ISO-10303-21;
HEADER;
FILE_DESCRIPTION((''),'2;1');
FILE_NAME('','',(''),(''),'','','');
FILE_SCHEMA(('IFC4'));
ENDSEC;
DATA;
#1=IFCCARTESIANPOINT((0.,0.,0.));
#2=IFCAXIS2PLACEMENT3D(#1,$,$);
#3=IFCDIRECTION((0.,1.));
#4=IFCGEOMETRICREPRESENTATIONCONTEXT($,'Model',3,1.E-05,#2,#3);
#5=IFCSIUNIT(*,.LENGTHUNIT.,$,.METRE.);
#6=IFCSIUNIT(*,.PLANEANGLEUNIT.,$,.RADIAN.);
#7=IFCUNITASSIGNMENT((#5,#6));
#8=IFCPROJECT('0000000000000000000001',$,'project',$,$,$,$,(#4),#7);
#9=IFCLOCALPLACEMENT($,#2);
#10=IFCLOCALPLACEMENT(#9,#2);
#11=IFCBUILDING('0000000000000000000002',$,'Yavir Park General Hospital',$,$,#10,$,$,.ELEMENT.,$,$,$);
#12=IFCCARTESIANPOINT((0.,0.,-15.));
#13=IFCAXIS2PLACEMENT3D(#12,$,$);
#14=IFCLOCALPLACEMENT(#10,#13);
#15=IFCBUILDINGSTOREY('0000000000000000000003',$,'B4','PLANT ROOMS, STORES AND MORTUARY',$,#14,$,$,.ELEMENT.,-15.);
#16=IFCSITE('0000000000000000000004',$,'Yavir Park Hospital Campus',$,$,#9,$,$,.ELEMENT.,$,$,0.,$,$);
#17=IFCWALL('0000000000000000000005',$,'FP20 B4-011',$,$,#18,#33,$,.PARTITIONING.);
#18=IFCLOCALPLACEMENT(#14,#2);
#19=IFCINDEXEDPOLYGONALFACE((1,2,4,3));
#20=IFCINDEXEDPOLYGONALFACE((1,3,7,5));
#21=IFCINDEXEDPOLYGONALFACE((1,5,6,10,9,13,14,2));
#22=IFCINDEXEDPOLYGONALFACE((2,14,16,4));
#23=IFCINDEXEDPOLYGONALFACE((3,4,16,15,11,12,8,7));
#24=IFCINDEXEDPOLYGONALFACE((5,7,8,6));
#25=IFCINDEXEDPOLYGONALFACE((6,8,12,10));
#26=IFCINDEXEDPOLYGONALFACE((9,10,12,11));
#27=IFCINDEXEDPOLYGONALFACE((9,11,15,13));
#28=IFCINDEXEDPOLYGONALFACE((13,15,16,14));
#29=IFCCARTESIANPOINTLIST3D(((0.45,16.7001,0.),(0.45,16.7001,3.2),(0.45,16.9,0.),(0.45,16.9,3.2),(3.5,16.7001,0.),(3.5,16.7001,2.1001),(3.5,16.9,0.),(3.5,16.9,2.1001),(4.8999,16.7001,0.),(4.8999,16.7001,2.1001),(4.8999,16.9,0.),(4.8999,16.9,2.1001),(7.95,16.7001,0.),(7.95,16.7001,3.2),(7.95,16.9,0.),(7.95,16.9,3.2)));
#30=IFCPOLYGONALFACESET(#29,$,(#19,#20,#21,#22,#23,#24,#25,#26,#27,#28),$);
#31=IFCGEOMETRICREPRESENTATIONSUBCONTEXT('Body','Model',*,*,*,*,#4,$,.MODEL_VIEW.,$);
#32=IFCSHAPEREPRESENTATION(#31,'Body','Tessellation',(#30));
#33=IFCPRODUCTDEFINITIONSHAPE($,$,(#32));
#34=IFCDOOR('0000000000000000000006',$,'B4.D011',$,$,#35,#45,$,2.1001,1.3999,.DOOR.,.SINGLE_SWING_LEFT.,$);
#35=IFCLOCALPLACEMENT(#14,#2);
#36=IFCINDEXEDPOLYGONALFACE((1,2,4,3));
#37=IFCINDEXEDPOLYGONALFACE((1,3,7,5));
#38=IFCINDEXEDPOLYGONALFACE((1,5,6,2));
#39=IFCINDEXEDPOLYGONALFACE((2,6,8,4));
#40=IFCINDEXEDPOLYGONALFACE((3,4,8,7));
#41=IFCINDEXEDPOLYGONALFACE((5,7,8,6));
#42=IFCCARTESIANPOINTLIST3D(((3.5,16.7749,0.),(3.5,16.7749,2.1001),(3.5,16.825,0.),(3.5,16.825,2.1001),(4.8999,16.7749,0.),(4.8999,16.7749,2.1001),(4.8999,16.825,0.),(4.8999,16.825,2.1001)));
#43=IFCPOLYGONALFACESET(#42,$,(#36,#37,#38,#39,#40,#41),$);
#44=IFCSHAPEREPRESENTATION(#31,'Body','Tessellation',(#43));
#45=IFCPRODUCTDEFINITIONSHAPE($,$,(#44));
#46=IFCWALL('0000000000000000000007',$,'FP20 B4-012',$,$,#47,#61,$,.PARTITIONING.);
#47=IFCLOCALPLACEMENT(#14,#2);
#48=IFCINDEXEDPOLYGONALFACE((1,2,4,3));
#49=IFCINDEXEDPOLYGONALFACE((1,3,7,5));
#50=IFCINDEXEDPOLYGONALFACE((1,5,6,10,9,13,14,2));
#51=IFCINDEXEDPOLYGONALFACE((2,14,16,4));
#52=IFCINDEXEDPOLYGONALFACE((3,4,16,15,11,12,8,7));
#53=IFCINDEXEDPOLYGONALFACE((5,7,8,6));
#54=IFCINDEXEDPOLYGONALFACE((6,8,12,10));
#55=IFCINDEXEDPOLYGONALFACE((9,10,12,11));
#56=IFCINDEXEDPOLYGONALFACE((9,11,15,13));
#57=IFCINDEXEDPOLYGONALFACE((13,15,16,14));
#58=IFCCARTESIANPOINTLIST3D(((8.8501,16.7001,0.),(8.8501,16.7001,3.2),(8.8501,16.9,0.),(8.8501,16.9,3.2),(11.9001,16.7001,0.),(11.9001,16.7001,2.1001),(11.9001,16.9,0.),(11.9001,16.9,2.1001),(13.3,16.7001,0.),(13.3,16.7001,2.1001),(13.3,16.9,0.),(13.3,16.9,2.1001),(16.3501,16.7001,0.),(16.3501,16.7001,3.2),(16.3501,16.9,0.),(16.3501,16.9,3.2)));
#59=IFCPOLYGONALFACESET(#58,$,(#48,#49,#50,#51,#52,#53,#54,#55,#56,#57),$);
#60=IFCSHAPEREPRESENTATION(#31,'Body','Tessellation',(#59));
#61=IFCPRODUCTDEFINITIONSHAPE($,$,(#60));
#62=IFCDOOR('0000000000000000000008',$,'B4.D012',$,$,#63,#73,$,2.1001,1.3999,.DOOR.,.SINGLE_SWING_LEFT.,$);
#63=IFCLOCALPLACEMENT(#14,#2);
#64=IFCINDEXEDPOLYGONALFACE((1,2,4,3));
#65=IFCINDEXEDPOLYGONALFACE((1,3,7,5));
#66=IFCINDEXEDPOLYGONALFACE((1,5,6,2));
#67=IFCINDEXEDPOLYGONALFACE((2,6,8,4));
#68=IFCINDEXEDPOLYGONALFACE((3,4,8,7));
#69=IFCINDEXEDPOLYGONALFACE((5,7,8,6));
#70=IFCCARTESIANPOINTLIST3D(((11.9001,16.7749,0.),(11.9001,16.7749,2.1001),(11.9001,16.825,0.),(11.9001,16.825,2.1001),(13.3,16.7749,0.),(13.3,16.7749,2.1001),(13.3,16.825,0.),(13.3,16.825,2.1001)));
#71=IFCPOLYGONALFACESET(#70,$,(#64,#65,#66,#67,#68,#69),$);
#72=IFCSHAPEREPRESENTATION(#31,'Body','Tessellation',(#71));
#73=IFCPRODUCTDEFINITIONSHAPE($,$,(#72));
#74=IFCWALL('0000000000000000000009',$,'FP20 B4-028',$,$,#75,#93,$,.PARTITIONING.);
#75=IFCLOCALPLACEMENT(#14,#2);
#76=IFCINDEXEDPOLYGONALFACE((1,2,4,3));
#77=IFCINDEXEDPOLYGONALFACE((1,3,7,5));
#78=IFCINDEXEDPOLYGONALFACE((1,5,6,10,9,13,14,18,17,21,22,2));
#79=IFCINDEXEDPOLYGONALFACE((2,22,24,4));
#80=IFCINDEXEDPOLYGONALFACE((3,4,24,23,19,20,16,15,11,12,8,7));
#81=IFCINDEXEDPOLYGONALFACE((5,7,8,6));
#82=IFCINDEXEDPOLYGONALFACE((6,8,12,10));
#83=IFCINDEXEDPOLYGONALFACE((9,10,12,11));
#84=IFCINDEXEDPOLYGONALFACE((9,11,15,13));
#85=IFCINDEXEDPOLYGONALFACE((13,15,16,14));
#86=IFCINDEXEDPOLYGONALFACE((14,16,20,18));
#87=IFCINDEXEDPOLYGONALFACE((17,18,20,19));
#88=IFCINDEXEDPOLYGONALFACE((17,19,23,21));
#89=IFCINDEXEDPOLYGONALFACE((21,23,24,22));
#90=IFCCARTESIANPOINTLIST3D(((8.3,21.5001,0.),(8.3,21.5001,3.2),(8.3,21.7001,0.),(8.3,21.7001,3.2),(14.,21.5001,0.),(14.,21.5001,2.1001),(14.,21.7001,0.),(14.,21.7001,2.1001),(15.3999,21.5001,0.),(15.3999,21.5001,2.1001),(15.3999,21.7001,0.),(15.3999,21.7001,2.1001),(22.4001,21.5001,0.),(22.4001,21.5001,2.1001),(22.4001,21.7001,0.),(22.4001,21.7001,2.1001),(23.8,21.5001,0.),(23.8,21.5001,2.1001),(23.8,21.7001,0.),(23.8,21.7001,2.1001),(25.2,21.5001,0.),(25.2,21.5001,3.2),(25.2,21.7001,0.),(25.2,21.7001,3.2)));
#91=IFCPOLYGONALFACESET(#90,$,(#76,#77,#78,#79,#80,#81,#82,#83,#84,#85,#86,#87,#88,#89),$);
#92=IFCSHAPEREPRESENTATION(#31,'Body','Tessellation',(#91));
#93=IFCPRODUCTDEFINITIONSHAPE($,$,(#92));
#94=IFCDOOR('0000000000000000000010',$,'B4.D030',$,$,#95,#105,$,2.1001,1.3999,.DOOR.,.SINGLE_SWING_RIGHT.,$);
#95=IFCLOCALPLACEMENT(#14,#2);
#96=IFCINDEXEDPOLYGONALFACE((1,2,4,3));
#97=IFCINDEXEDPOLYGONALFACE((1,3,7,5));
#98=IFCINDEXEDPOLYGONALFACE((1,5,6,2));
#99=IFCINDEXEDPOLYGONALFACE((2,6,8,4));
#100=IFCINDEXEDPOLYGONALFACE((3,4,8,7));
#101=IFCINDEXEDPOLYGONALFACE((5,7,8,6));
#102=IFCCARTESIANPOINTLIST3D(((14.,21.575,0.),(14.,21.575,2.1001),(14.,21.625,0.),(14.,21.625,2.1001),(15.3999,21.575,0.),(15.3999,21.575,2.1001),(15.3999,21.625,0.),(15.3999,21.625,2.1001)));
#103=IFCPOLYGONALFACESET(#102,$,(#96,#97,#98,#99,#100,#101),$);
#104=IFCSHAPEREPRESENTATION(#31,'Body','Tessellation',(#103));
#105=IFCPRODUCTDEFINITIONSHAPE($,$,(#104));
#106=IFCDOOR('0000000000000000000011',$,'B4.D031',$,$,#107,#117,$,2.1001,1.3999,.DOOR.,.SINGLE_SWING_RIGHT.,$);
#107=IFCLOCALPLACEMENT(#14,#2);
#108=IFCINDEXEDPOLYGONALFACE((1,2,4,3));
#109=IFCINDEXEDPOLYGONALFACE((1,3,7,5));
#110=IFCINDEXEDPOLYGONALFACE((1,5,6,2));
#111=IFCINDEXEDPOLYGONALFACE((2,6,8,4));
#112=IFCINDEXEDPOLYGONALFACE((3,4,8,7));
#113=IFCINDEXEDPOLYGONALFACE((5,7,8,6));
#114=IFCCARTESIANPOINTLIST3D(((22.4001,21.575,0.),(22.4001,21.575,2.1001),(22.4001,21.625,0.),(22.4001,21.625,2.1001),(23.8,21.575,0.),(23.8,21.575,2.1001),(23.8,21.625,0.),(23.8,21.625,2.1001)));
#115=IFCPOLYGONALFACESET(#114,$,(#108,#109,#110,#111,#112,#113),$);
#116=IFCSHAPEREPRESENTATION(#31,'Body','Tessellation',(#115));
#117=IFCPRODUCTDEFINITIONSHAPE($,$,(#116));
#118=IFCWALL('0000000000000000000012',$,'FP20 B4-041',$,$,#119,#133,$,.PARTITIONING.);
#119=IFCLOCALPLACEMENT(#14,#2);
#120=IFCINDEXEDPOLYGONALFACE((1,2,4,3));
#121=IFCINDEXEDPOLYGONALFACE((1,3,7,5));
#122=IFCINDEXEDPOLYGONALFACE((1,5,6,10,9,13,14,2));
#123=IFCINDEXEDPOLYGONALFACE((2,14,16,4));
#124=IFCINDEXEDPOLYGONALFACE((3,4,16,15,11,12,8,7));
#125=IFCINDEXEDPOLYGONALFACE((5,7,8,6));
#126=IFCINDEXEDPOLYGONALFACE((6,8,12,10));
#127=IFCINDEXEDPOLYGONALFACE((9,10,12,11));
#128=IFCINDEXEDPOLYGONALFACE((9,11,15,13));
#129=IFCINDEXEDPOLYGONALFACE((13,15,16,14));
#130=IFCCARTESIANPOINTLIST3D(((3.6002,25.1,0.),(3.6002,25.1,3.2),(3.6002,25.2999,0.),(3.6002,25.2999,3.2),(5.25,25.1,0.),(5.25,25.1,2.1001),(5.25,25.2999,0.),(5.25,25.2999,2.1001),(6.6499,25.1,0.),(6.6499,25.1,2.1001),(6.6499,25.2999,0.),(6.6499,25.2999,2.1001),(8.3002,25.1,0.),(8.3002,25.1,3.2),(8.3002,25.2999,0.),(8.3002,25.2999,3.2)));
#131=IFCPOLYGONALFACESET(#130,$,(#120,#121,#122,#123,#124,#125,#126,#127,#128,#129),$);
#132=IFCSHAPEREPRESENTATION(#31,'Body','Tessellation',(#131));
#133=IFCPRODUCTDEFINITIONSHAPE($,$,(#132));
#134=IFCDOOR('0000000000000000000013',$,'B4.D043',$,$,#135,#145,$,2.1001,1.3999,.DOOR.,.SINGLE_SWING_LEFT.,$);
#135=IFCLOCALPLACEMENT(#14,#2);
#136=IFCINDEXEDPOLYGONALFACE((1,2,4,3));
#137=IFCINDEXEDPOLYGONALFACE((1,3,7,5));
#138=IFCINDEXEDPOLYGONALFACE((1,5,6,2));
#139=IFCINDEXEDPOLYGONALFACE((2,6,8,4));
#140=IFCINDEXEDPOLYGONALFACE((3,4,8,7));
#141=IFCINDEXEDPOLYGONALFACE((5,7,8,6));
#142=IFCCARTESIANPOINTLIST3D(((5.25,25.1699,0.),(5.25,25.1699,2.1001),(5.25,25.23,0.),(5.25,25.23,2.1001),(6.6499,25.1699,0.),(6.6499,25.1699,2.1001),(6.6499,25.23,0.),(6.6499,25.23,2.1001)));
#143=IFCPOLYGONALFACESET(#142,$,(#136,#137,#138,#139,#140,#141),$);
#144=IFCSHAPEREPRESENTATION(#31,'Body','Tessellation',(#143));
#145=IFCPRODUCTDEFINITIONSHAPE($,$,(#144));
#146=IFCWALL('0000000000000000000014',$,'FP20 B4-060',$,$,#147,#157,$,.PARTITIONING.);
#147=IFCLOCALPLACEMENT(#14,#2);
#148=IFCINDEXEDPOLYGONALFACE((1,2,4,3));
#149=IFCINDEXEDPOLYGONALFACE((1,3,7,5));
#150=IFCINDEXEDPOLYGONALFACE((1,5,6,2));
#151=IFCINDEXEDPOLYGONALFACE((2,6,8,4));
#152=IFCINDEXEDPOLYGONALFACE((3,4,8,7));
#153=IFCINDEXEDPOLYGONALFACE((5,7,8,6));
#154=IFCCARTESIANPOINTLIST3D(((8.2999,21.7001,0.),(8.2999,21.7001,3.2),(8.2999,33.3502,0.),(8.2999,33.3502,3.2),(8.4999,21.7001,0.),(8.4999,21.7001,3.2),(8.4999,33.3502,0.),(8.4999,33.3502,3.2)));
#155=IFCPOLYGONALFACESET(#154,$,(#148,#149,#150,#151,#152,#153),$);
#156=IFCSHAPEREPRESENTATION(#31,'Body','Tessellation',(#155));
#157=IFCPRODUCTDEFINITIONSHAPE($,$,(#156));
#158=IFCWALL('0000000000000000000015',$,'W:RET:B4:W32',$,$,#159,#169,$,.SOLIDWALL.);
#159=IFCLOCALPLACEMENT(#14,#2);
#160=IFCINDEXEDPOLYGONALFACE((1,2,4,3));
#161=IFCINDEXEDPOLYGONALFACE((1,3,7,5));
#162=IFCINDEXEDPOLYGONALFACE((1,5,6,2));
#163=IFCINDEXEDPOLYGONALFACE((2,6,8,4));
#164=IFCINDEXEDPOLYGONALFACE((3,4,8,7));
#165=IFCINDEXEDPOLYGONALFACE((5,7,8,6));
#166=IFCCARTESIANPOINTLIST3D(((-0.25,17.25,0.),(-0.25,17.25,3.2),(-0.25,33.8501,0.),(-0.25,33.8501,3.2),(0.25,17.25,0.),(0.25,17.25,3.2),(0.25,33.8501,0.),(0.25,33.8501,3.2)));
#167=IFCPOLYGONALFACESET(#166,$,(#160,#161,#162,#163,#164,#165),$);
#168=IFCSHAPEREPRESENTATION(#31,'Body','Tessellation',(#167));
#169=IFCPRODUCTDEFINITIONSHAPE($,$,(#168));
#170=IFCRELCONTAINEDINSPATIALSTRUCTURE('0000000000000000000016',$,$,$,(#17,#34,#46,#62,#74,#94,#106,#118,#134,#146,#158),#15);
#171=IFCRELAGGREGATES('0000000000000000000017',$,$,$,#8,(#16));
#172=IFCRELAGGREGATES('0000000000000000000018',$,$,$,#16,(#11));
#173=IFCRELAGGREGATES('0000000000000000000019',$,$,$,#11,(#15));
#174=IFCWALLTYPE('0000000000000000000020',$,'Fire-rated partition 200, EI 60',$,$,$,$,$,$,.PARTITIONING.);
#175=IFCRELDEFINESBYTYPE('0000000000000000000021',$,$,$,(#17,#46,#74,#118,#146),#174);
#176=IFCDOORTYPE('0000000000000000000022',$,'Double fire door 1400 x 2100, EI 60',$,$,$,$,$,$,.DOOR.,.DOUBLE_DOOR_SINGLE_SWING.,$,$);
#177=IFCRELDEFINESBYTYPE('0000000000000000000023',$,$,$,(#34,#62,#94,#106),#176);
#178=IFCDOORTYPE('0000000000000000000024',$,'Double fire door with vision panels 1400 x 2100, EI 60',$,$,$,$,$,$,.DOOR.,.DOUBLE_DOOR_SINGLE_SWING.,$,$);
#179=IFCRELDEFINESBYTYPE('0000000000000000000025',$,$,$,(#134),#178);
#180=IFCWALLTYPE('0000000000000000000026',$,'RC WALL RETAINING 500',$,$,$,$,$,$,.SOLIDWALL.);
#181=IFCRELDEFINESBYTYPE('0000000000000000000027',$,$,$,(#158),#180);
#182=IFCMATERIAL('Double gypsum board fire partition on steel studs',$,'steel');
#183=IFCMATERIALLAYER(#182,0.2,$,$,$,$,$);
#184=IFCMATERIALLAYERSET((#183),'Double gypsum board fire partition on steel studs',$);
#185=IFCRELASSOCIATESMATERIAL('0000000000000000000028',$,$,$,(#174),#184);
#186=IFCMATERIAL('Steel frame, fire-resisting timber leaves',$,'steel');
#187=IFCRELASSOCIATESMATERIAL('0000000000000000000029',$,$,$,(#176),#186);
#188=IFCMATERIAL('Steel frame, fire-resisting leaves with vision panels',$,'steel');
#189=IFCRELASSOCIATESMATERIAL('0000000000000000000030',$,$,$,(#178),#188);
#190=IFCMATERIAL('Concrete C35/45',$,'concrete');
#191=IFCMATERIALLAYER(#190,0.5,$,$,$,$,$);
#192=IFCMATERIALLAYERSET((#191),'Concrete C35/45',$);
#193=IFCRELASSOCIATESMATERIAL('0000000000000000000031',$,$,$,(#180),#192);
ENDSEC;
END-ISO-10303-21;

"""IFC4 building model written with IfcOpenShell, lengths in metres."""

from ifc_helpers import new_model, si_unit, direction, frame, frame_2d, origin, place, context, subcontext, project, spatial, rectangle, extrude, material, layer, layer_set, type_object, element, fill, save


model = new_model("IFC4")

# Units and contexts
model_context = context("Model", 3, precision=1e-05, world=origin(), true_north=direction((0.0, 1.0)))
body_context = subcontext(model_context, "Body", "Model", "MODEL_VIEW")
ifc_project = project(units=[si_unit("LENGTHUNIT", "METRE"), si_unit("PLANEANGLEUNIT", "RADIAN")], contexts=[model_context])

# Site, building, storey
site_placement = place(None, origin())
site = spatial("IfcSite", under=ifc_project, at=site_placement, Name="Yavir Park Hospital Campus", CompositionType="ELEMENT", RefElevation=0.0)
building_placement = place(site_placement, origin())
building = spatial("IfcBuilding", under=site, at=building_placement, Name="Yavir Park General Hospital", CompositionType="ELEMENT")
storey_placement = place(building_placement, frame((0.0, 0.0, -15.0)))
storey = spatial("IfcBuildingStorey", under=building, at=storey_placement, Name="B4", Description="PLANT ROOMS, STORES AND MORTUARY", CompositionType="ELEMENT", Elevation=-15.0)

# Walls, openings, doors
ifc_material_1 = material(Name="Double gypsum board fire partition on steel studs", Category="steel")
ifc_layer_1 = layer(ifc_material_1, 0.2)
ifc_layer_set_1 = layer_set([ifc_layer_1], Name="Double gypsum board fire partition on steel studs")
wall_type_1 = type_object("IfcWallType", Name="Fire-rated partition 200, EI 60", PredefinedType="PARTITIONING", material=ifc_layer_set_1)
wall_1_placement = place(storey_placement, frame((0.45, 16.8, 0.0), z_axis=(0.0, 0.0, 1.0), x_axis=(1.0, 0.0, 0.0)))
wall_1 = element("IfcWall", 1, at=wall_1_placement, inside=storey, type_object=wall_type_1, Name="FP20 B4-011", PredefinedType="PARTITIONING", context=body_context, shape_type="SweptSolid", body=[
    extrude(rectangle(XDim=7.5, YDim=0.2, at=frame_2d((3.75, 0.0))), origin(), (0.0, 0.0, 1.0), 3.2),
])
opening_1_placement = place(wall_1_placement, frame((3.05, 0.0, 0.0)))
opening_1 = element("IfcOpeningElement", 2, at=opening_1_placement, cuts=wall_1, PredefinedType="OPENING", context=body_context, shape_type="SweptSolid", body=[
    extrude(rectangle(XDim=1.3999, YDim=2.1001, at=frame_2d((0.7, 1.05))), frame((0.0, 0.1099, 0.0), z_axis=(0.0, -1.0, 0.0), x_axis=(1.0, 0.0, 0.0)), (0.0, 0.0, 1.0), 0.22),
])
ifc_material_2 = material(Name="Steel frame, fire-resisting timber leaves", Category="steel")
door_type_1 = type_object("IfcDoorType", Name="Double fire door 1400 x 2100, EI 60", OperationType="DOUBLE_DOOR_SINGLE_SWING", PredefinedType="DOOR", material=ifc_material_2)
door_1_placement = place(opening_1_placement, origin())
door_1 = element("IfcDoor", 3, at=door_1_placement, inside=storey, type_object=door_type_1, Name="B4.D011", OperationType="SINGLE_SWING_LEFT", OverallHeight=2.1001, OverallWidth=1.3999, PredefinedType="DOOR", context=body_context, shape_type="SweptSolid", body=[
    extrude(rectangle(XDim=1.3999, YDim=2.1001, at=frame_2d((0.7, 1.05))), frame((0.0, 0.0249, 0.0), z_axis=(0.0, -1.0, 0.0), x_axis=(1.0, 0.0, 0.0)), (0.0, 0.0, 1.0), 0.05),
])
fill(opening_1, door_1)
wall_2_placement = place(storey_placement, frame((8.8501, 16.8, 0.0), z_axis=(0.0, 0.0, 1.0), x_axis=(1.0, 0.0, 0.0)))
wall_2 = element("IfcWall", 4, at=wall_2_placement, inside=storey, type_object=wall_type_1, Name="FP20 B4-012", PredefinedType="PARTITIONING", context=body_context, shape_type="SweptSolid", body=[
    extrude(rectangle(XDim=7.5, YDim=0.2, at=frame_2d((3.75, 0.0))), origin(), (0.0, 0.0, 1.0), 3.2),
])
opening_2_placement = place(wall_2_placement, frame((3.05, 0.0, 0.0)))
opening_2 = element("IfcOpeningElement", 5, at=opening_2_placement, cuts=wall_2, PredefinedType="OPENING", context=body_context, shape_type="SweptSolid", body=[
    extrude(rectangle(XDim=1.3999, YDim=2.1001, at=frame_2d((0.7, 1.05))), frame((0.0, 0.1099, 0.0), z_axis=(0.0, -1.0, 0.0), x_axis=(1.0, 0.0, 0.0)), (0.0, 0.0, 1.0), 0.22),
])
door_2_placement = place(opening_2_placement, origin())
door_2 = element("IfcDoor", 6, at=door_2_placement, inside=storey, type_object=door_type_1, Name="B4.D012", OperationType="SINGLE_SWING_LEFT", OverallHeight=2.1001, OverallWidth=1.3999, PredefinedType="DOOR", context=body_context, shape_type="SweptSolid", body=[
    extrude(rectangle(XDim=1.3999, YDim=2.1001, at=frame_2d((0.7, 1.05))), frame((0.0, 0.0249, 0.0), z_axis=(0.0, -1.0, 0.0), x_axis=(1.0, 0.0, 0.0)), (0.0, 0.0, 1.0), 0.05),
])
fill(opening_2, door_2)

# Wall, openings, doors
wall_3_placement = place(storey_placement, frame((8.3, 21.6001, 0.0), z_axis=(0.0, 0.0, 1.0), x_axis=(1.0, 0.0, 0.0)))
wall_3 = element("IfcWall", 7, at=wall_3_placement, inside=storey, type_object=wall_type_1, Name="FP20 B4-028", PredefinedType="PARTITIONING", context=body_context, shape_type="SweptSolid", body=[
    extrude(rectangle(XDim=16.8999, YDim=0.2, at=frame_2d((8.45, 0.0))), origin(), (0.0, 0.0, 1.0), 3.2),
])
opening_3_placement = place(wall_3_placement, frame((5.7, 0.0, 0.0)))
opening_3 = element("IfcOpeningElement", 8, at=opening_3_placement, cuts=wall_3, PredefinedType="OPENING", context=body_context, shape_type="SweptSolid", body=[
    extrude(rectangle(XDim=1.3999, YDim=2.1001, at=frame_2d((0.7, 1.05))), frame((0.0, 0.1099, 0.0), z_axis=(0.0, -1.0, 0.0), x_axis=(1.0, 0.0, 0.0)), (0.0, 0.0, 1.0), 0.22),
])
opening_4_placement = place(wall_3_placement, frame((14.1001, 0.0, 0.0)))
opening_4 = element("IfcOpeningElement", 9, at=opening_4_placement, cuts=wall_3, PredefinedType="OPENING", context=body_context, shape_type="SweptSolid", body=[
    extrude(rectangle(XDim=1.3999, YDim=2.1001, at=frame_2d((0.7, 1.05))), frame((0.0, 0.1099, 0.0), z_axis=(0.0, -1.0, 0.0), x_axis=(1.0, 0.0, 0.0)), (0.0, 0.0, 1.0), 0.22),
])
door_3_placement = place(opening_3_placement, origin())
door_3 = element("IfcDoor", 10, at=door_3_placement, inside=storey, type_object=door_type_1, Name="B4.D030", OperationType="SINGLE_SWING_RIGHT", OverallHeight=2.1001, OverallWidth=1.3999, PredefinedType="DOOR", context=body_context, shape_type="SweptSolid", body=[
    extrude(rectangle(XDim=1.3999, YDim=2.1001, at=frame_2d((0.7, 1.05))), frame((0.0, 0.0249, 0.0), z_axis=(0.0, -1.0, 0.0), x_axis=(1.0, 0.0, 0.0)), (0.0, 0.0, 1.0), 0.05),
])
fill(opening_3, door_3)
door_4_placement = place(opening_4_placement, origin())
door_4 = element("IfcDoor", 11, at=door_4_placement, inside=storey, type_object=door_type_1, Name="B4.D031", OperationType="SINGLE_SWING_RIGHT", OverallHeight=2.1001, OverallWidth=1.3999, PredefinedType="DOOR", context=body_context, shape_type="SweptSolid", body=[
    extrude(rectangle(XDim=1.3999, YDim=2.1001, at=frame_2d((0.7, 1.05))), frame((0.0, 0.0249, 0.0), z_axis=(0.0, -1.0, 0.0), x_axis=(1.0, 0.0, 0.0)), (0.0, 0.0, 1.0), 0.05),
])
fill(opening_4, door_4)

# Wall, opening, door
wall_4_placement = place(storey_placement, frame((3.6001, 25.2, 0.0), z_axis=(0.0, 0.0, 1.0), x_axis=(1.0, 0.0, 0.0)))
wall_4 = element("IfcWall", 12, at=wall_4_placement, inside=storey, type_object=wall_type_1, Name="FP20 B4-041", PredefinedType="PARTITIONING", context=body_context, shape_type="SweptSolid", body=[
    extrude(rectangle(XDim=4.7, YDim=0.2, at=frame_2d((2.3501, 0.0))), origin(), (0.0, 0.0, 1.0), 3.2),
])
opening_5_placement = place(wall_4_placement, frame((1.6499, 0.0, 0.0)))
opening_5 = element("IfcOpeningElement", 13, at=opening_5_placement, cuts=wall_4, PredefinedType="OPENING", context=body_context, shape_type="SweptSolid", body=[
    extrude(rectangle(XDim=1.3999, YDim=2.1001, at=frame_2d((0.7, 1.05))), frame((0.0, 0.1099, 0.0), z_axis=(0.0, -1.0, 0.0), x_axis=(1.0, 0.0, 0.0)), (0.0, 0.0, 1.0), 0.22),
])
ifc_material_3 = material(Name="Steel frame, fire-resisting leaves with vision panels", Category="steel")
door_type_2 = type_object("IfcDoorType", Name="Double fire door with vision panels 1400 x 2100, EI 60", OperationType="DOUBLE_DOOR_SINGLE_SWING", PredefinedType="DOOR", material=ifc_material_3)
door_5_placement = place(opening_5_placement, origin())
door_5 = element("IfcDoor", 14, at=door_5_placement, inside=storey, type_object=door_type_2, Name="B4.D043", OperationType="SINGLE_SWING_LEFT", OverallHeight=2.1001, OverallWidth=1.3999, PredefinedType="DOOR", context=body_context, shape_type="SweptSolid", body=[
    extrude(rectangle(XDim=1.3999, YDim=2.1001, at=frame_2d((0.7, 1.05))), frame((0.0, 0.03, 0.0), z_axis=(0.0, -1.0, 0.0), x_axis=(1.0, 0.0, 0.0)), (0.0, 0.0, 1.0), 0.0601),
])
fill(opening_5, door_5)

# Walls
wall_5_placement = place(storey_placement, frame((8.3999, 21.7, 0.0), z_axis=(0.0, 0.0, 1.0), x_axis=(0.0, 1.0, 0.0)))
element("IfcWall", 15, at=wall_5_placement, inside=storey, type_object=wall_type_1, Name="FP20 B4-060", PredefinedType="PARTITIONING", context=body_context, shape_type="SweptSolid", body=[
    extrude(rectangle(XDim=11.6501, YDim=0.2, at=frame_2d((5.8252, 0.0))), origin(), (0.0, 0.0, 1.0), 3.2),
])
ifc_material_4 = material(Name="Concrete C35/45", Category="concrete")
ifc_layer_2 = layer(ifc_material_4, 0.5)
ifc_layer_set_2 = layer_set([ifc_layer_2], Name="Concrete C35/45")
wall_type_2 = type_object("IfcWallType", Name="RC WALL RETAINING 500", PredefinedType="SOLIDWALL", material=ifc_layer_set_2)
wall_6_placement = place(storey_placement, frame((0.0, 17.25, 0.0), z_axis=(0.0, 0.0, 1.0), x_axis=(0.0, 1.0, 0.0)))
element("IfcWall", 16, at=wall_6_placement, inside=storey, type_object=wall_type_2, Name="W:RET:B4:W32", PredefinedType="SOLIDWALL", context=body_context, shape_type="SweptSolid", body=[
    extrude(rectangle(XDim=16.6001, YDim=0.5, at=frame_2d((8.3, 0.0))), origin(), (0.0, 0.0, 1.0), 3.2),
])

save(model, "model.ifc")
